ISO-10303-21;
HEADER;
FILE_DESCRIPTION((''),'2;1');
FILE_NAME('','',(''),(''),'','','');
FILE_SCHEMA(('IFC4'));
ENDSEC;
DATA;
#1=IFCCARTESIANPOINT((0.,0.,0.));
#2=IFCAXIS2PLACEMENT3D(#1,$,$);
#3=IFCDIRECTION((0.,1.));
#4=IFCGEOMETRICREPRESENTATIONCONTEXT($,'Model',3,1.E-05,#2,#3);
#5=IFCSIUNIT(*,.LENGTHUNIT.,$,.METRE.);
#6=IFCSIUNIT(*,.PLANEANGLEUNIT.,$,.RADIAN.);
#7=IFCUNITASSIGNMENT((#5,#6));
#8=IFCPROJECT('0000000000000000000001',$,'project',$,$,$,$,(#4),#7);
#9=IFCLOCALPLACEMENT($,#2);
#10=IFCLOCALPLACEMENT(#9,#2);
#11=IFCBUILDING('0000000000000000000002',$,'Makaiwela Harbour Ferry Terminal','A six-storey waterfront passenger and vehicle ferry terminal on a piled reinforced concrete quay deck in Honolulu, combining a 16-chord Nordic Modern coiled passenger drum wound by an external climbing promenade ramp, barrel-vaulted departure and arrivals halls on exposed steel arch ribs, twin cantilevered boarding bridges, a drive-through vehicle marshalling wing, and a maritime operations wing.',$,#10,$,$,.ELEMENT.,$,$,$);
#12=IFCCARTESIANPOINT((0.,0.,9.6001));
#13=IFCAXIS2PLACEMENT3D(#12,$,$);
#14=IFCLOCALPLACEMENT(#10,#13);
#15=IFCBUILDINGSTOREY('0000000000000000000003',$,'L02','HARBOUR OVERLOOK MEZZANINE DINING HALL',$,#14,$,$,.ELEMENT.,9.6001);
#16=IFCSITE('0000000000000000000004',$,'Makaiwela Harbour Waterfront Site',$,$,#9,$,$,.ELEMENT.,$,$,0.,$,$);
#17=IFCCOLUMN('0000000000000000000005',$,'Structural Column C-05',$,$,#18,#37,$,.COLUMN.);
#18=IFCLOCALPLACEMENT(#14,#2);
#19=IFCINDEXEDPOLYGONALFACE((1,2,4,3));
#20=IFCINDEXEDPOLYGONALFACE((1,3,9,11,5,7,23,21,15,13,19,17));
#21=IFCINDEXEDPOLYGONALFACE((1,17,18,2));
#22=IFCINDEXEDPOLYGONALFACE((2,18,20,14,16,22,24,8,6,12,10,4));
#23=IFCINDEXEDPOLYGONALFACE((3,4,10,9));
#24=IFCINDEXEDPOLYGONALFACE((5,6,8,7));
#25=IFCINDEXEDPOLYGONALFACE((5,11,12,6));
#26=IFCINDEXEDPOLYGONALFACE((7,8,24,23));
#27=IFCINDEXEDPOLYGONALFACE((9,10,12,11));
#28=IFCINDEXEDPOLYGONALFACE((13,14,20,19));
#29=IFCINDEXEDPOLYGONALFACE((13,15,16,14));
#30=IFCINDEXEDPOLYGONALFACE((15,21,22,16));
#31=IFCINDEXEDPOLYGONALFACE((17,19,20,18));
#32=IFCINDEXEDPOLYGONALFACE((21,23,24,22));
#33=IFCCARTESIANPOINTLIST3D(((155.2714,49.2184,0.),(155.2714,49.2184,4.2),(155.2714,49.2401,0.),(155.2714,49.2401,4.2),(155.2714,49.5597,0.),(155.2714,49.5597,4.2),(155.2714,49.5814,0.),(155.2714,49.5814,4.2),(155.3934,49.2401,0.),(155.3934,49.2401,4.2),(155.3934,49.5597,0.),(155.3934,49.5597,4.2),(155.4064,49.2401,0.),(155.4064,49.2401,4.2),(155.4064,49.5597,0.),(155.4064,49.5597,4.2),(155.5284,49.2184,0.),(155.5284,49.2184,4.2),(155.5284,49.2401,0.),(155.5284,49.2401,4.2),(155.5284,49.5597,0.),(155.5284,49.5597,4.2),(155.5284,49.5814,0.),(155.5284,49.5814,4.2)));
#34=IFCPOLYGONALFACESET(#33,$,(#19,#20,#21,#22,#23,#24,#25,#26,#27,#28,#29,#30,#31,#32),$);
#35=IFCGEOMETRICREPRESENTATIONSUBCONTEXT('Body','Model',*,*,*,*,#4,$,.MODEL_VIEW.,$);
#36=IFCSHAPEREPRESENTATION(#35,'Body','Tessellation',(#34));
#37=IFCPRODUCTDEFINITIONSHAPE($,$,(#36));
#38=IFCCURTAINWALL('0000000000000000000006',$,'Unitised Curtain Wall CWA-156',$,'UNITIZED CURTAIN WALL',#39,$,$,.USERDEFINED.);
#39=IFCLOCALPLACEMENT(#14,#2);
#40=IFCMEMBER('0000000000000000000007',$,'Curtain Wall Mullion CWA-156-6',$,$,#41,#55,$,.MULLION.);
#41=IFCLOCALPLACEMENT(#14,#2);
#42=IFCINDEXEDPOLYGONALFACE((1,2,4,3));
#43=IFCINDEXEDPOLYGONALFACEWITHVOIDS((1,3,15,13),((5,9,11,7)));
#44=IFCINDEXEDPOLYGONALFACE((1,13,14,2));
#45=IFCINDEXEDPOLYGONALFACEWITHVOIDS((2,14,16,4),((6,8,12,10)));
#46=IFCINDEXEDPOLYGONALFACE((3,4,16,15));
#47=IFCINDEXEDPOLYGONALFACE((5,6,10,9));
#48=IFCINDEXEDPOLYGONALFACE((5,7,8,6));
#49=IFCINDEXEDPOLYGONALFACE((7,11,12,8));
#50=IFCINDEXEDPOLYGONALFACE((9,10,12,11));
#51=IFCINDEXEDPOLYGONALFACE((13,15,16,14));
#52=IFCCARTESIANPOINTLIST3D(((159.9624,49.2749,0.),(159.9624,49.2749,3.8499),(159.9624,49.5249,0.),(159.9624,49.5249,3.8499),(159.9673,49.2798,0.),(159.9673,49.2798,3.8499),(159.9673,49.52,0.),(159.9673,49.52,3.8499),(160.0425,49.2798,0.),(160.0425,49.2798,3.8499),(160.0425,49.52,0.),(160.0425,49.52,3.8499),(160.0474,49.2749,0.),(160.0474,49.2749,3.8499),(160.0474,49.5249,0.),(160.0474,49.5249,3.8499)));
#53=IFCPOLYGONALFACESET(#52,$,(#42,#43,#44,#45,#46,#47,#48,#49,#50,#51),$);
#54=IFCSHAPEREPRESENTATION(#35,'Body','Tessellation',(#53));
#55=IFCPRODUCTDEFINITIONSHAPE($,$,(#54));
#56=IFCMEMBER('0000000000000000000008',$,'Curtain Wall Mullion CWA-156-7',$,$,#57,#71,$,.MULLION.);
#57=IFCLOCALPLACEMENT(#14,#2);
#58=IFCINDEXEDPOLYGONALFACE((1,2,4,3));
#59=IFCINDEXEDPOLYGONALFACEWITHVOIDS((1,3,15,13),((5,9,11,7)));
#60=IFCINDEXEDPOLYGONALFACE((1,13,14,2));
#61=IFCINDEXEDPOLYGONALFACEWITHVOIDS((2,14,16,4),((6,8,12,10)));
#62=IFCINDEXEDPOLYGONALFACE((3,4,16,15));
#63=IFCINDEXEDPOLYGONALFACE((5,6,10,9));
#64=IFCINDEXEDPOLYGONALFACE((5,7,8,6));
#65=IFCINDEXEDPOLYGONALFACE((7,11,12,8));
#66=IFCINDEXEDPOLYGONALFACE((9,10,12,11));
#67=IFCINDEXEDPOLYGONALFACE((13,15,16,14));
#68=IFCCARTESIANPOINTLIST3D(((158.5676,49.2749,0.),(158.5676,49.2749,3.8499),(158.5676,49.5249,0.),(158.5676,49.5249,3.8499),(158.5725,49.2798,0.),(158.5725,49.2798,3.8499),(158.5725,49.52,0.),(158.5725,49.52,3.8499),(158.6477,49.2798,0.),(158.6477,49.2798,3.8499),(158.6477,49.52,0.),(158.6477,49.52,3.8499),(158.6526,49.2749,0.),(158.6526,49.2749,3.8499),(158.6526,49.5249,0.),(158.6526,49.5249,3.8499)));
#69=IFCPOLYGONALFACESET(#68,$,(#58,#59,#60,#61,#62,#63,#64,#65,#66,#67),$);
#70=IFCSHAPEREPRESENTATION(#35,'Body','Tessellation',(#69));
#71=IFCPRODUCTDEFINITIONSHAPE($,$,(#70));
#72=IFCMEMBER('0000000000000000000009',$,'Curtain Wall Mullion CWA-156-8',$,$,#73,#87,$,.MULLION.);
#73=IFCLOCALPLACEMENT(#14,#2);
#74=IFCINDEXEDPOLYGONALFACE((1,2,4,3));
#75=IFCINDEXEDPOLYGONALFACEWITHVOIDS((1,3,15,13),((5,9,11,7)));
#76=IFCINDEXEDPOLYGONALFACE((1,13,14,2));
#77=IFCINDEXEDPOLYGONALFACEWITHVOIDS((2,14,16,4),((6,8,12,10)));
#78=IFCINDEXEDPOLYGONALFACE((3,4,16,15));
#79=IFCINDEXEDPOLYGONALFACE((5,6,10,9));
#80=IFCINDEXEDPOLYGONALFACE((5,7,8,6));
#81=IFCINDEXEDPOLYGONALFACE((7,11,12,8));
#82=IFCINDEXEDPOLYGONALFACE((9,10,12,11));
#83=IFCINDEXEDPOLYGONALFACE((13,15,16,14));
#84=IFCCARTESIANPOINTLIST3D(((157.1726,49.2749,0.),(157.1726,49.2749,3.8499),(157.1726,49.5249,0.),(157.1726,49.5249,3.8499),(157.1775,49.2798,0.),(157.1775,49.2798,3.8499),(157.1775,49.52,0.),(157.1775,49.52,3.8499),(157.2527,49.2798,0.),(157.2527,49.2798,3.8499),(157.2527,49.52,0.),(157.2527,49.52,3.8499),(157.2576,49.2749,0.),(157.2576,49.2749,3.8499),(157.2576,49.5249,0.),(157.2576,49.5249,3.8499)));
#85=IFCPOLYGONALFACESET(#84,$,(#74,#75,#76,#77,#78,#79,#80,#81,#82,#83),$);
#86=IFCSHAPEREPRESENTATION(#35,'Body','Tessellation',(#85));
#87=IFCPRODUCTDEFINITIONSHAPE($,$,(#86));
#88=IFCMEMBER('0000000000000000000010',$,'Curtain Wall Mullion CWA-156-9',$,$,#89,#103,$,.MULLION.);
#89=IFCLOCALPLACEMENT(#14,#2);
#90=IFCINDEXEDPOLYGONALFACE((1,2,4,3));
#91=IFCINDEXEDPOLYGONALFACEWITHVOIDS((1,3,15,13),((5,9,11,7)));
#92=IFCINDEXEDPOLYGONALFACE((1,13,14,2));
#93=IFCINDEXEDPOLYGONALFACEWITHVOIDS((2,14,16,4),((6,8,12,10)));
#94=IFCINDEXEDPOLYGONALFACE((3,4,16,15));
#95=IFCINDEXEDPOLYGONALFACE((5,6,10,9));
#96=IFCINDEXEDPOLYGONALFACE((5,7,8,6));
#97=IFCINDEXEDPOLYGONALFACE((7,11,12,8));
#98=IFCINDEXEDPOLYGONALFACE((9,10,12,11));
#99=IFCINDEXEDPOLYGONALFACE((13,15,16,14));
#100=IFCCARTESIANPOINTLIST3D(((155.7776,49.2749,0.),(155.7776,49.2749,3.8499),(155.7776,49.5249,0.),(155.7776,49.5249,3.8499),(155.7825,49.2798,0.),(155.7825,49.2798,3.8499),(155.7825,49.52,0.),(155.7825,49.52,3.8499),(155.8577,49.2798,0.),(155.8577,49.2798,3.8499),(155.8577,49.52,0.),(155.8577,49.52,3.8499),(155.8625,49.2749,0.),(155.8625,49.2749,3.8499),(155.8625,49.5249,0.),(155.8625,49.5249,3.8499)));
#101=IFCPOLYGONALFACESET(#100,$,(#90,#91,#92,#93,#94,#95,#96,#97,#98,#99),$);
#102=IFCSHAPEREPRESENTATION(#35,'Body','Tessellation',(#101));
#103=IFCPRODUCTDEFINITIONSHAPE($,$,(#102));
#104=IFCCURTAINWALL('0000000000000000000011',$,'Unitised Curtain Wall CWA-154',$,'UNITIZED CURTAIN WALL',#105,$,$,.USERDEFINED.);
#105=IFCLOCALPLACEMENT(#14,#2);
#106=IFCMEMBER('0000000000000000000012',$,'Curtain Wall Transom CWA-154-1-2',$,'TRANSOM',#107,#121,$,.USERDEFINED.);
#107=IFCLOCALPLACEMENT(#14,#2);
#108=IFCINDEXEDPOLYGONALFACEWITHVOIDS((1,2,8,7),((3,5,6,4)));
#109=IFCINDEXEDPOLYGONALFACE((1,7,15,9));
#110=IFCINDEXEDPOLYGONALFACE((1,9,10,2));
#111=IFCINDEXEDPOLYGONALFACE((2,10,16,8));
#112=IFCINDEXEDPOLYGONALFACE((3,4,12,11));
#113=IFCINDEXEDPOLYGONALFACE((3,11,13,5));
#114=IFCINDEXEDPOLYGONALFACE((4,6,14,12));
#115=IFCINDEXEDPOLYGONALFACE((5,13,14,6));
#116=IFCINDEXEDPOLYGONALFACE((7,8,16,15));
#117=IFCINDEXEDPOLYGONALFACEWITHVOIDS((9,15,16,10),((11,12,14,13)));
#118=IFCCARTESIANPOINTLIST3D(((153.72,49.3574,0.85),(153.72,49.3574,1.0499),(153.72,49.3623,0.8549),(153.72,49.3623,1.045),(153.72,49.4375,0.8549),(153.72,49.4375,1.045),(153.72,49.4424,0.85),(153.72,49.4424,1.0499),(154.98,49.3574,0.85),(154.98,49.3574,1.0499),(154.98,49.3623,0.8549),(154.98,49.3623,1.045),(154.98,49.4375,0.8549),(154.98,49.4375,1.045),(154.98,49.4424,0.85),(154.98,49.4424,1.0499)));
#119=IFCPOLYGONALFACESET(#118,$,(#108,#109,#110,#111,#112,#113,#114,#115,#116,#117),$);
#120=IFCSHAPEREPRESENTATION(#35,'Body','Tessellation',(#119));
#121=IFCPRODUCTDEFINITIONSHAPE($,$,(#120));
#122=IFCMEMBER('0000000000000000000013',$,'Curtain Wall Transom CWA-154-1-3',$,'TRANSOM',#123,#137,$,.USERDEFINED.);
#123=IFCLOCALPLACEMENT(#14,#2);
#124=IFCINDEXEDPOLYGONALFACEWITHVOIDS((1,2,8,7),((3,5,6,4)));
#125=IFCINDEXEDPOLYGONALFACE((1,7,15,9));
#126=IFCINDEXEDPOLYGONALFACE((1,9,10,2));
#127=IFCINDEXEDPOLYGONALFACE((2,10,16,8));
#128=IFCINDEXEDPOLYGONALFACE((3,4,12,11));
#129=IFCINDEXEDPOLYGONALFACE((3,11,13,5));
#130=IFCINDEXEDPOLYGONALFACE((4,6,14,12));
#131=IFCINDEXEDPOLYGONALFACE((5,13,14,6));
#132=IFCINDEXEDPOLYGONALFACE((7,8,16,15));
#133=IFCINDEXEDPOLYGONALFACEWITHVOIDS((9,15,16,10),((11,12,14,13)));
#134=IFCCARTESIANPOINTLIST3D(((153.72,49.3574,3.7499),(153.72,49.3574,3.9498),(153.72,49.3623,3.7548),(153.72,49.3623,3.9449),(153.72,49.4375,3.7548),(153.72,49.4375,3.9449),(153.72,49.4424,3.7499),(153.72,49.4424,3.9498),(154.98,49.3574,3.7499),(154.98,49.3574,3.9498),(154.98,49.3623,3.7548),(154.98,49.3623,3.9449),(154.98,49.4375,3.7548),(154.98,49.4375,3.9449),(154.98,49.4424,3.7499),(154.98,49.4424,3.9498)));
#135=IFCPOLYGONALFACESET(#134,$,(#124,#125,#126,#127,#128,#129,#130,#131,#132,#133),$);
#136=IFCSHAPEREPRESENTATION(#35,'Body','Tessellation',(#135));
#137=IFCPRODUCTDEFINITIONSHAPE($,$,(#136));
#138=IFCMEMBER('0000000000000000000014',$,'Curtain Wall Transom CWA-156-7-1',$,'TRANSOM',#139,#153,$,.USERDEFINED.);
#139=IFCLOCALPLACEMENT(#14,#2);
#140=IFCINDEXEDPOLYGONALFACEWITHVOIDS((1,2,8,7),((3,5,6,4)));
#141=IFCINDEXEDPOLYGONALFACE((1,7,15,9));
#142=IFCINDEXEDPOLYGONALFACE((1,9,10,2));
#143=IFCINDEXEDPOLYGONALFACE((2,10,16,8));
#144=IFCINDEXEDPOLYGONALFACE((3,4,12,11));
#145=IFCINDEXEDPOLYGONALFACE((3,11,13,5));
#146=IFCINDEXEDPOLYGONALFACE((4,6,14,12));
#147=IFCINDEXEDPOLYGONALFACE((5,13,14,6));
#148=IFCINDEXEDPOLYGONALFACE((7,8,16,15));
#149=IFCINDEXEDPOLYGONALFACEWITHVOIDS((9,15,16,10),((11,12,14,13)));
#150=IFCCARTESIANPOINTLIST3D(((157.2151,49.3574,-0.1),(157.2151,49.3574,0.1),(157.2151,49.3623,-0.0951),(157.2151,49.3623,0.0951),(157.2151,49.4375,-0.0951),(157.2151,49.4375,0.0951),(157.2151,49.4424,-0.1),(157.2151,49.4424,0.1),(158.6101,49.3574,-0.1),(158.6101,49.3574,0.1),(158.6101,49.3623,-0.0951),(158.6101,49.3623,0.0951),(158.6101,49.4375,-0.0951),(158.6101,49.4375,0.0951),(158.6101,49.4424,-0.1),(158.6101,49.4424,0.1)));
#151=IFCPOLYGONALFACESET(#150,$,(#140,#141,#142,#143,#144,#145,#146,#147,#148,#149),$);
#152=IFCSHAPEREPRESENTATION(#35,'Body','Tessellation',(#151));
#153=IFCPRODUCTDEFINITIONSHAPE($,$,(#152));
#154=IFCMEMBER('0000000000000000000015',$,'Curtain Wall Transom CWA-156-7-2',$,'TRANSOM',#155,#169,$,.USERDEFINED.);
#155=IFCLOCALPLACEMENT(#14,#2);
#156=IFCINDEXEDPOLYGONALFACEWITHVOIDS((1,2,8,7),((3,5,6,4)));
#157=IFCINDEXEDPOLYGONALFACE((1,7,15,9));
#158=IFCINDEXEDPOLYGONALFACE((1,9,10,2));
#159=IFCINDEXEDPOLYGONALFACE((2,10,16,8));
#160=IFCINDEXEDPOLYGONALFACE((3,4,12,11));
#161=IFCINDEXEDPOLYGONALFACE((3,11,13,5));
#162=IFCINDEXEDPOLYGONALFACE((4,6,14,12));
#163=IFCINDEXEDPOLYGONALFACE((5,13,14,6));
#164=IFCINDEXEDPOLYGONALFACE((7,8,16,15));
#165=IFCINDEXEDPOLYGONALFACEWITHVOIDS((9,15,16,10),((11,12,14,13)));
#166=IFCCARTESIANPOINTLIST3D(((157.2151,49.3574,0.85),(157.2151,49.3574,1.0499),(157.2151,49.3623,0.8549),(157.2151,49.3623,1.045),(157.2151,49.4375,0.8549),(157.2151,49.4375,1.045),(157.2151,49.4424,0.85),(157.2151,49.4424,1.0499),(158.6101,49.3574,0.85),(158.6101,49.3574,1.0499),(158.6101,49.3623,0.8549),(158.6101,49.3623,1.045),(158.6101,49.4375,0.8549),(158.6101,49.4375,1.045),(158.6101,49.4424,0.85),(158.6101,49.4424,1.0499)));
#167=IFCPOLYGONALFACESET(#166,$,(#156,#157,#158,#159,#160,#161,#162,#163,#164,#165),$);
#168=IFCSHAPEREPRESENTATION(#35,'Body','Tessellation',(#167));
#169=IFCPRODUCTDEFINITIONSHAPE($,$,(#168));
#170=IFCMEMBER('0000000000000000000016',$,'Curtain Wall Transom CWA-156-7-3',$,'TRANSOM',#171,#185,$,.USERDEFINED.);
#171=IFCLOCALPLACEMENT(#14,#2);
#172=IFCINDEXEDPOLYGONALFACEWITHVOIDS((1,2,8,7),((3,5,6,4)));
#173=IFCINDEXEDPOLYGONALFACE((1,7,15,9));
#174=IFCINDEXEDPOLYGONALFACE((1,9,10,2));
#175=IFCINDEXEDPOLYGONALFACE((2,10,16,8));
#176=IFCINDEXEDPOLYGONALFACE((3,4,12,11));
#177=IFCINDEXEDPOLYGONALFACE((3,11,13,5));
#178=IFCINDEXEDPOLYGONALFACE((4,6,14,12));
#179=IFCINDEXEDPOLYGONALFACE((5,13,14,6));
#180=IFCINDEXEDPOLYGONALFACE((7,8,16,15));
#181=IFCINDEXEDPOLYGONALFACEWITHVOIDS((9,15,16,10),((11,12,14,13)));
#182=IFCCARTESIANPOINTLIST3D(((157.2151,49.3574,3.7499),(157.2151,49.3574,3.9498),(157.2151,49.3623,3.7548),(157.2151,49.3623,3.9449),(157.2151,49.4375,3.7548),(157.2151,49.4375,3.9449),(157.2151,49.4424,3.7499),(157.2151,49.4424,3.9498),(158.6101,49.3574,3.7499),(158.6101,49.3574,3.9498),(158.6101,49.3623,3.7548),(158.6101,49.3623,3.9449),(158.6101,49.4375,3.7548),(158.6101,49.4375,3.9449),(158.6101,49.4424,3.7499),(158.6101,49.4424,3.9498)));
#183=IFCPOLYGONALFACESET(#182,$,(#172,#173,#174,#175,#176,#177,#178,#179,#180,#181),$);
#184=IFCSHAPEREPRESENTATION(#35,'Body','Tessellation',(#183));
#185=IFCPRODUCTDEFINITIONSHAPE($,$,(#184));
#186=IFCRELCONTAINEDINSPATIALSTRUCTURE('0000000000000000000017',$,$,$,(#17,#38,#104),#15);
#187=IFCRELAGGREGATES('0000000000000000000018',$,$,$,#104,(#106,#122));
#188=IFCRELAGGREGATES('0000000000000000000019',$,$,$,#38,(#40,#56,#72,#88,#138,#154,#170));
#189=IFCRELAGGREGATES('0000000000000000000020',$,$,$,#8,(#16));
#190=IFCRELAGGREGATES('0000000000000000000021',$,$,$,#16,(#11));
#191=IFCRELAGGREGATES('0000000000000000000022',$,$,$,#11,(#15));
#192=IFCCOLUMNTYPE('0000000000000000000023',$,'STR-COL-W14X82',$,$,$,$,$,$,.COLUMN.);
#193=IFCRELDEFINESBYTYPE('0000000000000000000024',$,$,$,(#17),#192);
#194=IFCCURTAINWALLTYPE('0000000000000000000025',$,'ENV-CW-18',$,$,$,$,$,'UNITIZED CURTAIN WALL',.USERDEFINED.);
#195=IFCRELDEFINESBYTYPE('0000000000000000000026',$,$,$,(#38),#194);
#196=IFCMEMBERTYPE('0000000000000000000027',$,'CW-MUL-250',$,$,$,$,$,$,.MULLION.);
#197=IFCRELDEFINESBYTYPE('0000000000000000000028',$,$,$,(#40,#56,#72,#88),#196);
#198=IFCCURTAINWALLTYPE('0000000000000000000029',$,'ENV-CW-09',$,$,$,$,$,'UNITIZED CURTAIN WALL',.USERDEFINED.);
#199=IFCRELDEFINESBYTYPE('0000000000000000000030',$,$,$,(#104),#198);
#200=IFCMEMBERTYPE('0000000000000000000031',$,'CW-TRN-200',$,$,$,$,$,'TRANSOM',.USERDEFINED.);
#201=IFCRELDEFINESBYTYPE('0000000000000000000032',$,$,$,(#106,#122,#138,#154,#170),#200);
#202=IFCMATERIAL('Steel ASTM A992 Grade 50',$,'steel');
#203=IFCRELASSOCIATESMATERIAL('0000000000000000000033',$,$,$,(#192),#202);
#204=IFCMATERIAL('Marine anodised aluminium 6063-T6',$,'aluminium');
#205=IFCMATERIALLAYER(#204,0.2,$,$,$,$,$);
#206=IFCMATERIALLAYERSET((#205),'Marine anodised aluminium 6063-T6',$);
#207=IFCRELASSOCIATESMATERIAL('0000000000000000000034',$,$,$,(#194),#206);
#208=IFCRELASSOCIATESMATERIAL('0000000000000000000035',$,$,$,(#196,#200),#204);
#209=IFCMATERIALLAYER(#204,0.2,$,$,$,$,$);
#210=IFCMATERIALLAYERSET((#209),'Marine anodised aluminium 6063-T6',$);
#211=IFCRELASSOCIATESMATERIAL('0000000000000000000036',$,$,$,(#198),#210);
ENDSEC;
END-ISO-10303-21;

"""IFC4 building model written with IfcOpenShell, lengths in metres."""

from ifc_helpers import new_model, si_unit, direction, frame, origin, origin_2d, place, context, subcontext, project, spatial, hollow_rectangle, i_section, extrude, material, layer, layer_set, material_profile, profile_set, type_object, element, aggregate, save


model = new_model("IFC4")

# Units and contexts
model_context = context("Model", 3, precision=1e-05, world=origin(), true_north=direction((0.0, 1.0)))
body_context = subcontext(model_context, "Body", "Model", "MODEL_VIEW")
ifc_project = project(units=[si_unit("LENGTHUNIT", "METRE"), si_unit("PLANEANGLEUNIT", "RADIAN")], contexts=[model_context])

# Site, building, storey
site_placement = place(None, origin())
site = spatial("IfcSite", under=ifc_project, at=site_placement, Name="Makaiwela Harbour Waterfront Site", CompositionType="ELEMENT", RefElevation=0.0)
building_placement = place(site_placement, origin())
building = spatial("IfcBuilding", under=site, at=building_placement, Name="Makaiwela Harbour Ferry Terminal", Description="A six-storey waterfront passenger and vehicle ferry terminal on a piled reinforced concrete quay deck in Honolulu, combining a 16-chord Nordic Modern coiled passenger drum wound by an external climbing promenade ramp, barrel-vaulted departure and arrivals halls on exposed steel arch ribs, twin cantilevered boarding bridges, a drive-through vehicle marshalling wing, and a maritime operations wing.", CompositionType="ELEMENT")
storey_placement = place(building_placement, frame((0.0, 0.0, 9.6001)))
storey = spatial("IfcBuildingStorey", under=building, at=storey_placement, Name="L02", Description="HARBOUR OVERLOOK MEZZANINE DINING HALL", CompositionType="ELEMENT", Elevation=9.6001)

# Column
ifc_material_1 = material(Name="Steel ASTM A992 Grade 50", Category="steel")
ifc_material_profile_1 = material_profile(ifc_material_1, i_section(OverallWidth=0.2571, OverallDepth=0.363, WebThickness=0.0129, FlangeThickness=0.0217, at=origin_2d()), Name="W14X82")
ifc_profile_set_1 = profile_set([ifc_material_profile_1], Name="Steel ASTM A992 Grade 50")
column_type = type_object("IfcColumnType", Name="STR-COL-W14X82", PredefinedType="COLUMN", material=ifc_profile_set_1)
column_placement = place(storey_placement, frame((155.3999, 49.3999, 0.0), z_axis=(0.0, 0.0, 1.0), x_axis=(1.0, 0.0, 0.0)))
element("IfcColumn", 1, at=column_placement, inside=storey, type_object=column_type, Name="Structural Column C-05", PredefinedType="COLUMN", context=body_context, shape_type="SweptSolid", body=[
    extrude(i_section(OverallWidth=0.2571, OverallDepth=0.363, WebThickness=0.0129, FlangeThickness=0.0217, at=origin_2d()), origin(), (0.0, 0.0, 1.0), 4.2),
])

# Curtain walls, members
ifc_material_2 = material(Name="Marine anodised aluminium 6063-T6", Category="aluminium")
ifc_layer_1 = layer(ifc_material_2, 0.2)
ifc_layer_set_1 = layer_set([ifc_layer_1], Name="Marine anodised aluminium 6063-T6")
curtain_wall_type_1 = type_object("IfcCurtainWallType", Name="ENV-CW-18", ElementType="UNITIZED CURTAIN WALL", PredefinedType="USERDEFINED", material=ifc_layer_set_1)
curtain_wall_1_placement = place(storey_placement, origin())
curtain_wall_1 = element("IfcCurtainWall", 2, at=curtain_wall_1_placement, inside=storey, type_object=curtain_wall_type_1, Name="Unitised Curtain Wall CWA-156", ObjectType="UNITIZED CURTAIN WALL", PredefinedType="USERDEFINED")
ifc_material_profile_2 = material_profile(ifc_material_2, hollow_rectangle(XDim=0.085, YDim=0.25, WallThickness=0.0049, at=origin_2d()), Name="CWM-250X85")
ifc_profile_set_2 = profile_set([ifc_material_profile_2], Name="Marine anodised aluminium 6063-T6")
member_type_1 = type_object("IfcMemberType", Name="CW-MUL-250", PredefinedType="MULLION", material=ifc_profile_set_2)
member_1_placement = place(storey_placement, frame((160.0049, 49.3999, 0.0), z_axis=(0.0, 0.0, 1.0), x_axis=(1.0, 0.0, 0.0)))
member_1 = element("IfcMember", 3, at=member_1_placement, type_object=member_type_1, Name="Curtain Wall Mullion CWA-156-6", PredefinedType="MULLION", context=body_context, shape_type="SweptSolid", body=[
    extrude(hollow_rectangle(XDim=0.085, YDim=0.25, WallThickness=0.0049, at=origin_2d()), origin(), (0.0, 0.0, 1.0), 3.8499),
])
member_2_placement = place(storey_placement, frame((158.6101, 49.3999, 0.0), z_axis=(0.0, 0.0, 1.0), x_axis=(1.0, 0.0, 0.0)))
member_2 = element("IfcMember", 4, at=member_2_placement, type_object=member_type_1, Name="Curtain Wall Mullion CWA-156-7", PredefinedType="MULLION", context=body_context, shape_type="SweptSolid", body=[
    extrude(hollow_rectangle(XDim=0.085, YDim=0.25, WallThickness=0.0049, at=origin_2d()), origin(), (0.0, 0.0, 1.0), 3.8499),
])
member_3_placement = place(storey_placement, frame((157.2151, 49.3999, 0.0), z_axis=(0.0, 0.0, 1.0), x_axis=(1.0, 0.0, 0.0)))
member_3 = element("IfcMember", 5, at=member_3_placement, type_object=member_type_1, Name="Curtain Wall Mullion CWA-156-8", PredefinedType="MULLION", context=body_context, shape_type="SweptSolid", body=[
    extrude(hollow_rectangle(XDim=0.085, YDim=0.25, WallThickness=0.0049, at=origin_2d()), origin(), (0.0, 0.0, 1.0), 3.8499),
])
member_4_placement = place(storey_placement, frame((155.8201, 49.3999, 0.0), z_axis=(0.0, 0.0, 1.0), x_axis=(1.0, 0.0, 0.0)))
member_4 = element("IfcMember", 6, at=member_4_placement, type_object=member_type_1, Name="Curtain Wall Mullion CWA-156-9", PredefinedType="MULLION", context=body_context, shape_type="SweptSolid", body=[
    extrude(hollow_rectangle(XDim=0.085, YDim=0.25, WallThickness=0.0049, at=origin_2d()), origin(), (0.0, 0.0, 1.0), 3.8499),
])
ifc_layer_2 = layer(ifc_material_2, 0.2)
ifc_layer_set_2 = layer_set([ifc_layer_2], Name="Marine anodised aluminium 6063-T6")
curtain_wall_type_2 = type_object("IfcCurtainWallType", Name="ENV-CW-09", ElementType="UNITIZED CURTAIN WALL", PredefinedType="USERDEFINED", material=ifc_layer_set_2)
curtain_wall_2_placement = place(storey_placement, origin())
curtain_wall_2 = element("IfcCurtainWall", 7, at=curtain_wall_2_placement, inside=storey, type_object=curtain_wall_type_2, Name="Unitised Curtain Wall CWA-154", ObjectType="UNITIZED CURTAIN WALL", PredefinedType="USERDEFINED")
ifc_material_profile_3 = material_profile(ifc_material_2, hollow_rectangle(XDim=0.085, YDim=0.2, WallThickness=0.0049, at=origin_2d()), Name="CWT-200X85")
ifc_profile_set_3 = profile_set([ifc_material_profile_3], Name="Marine anodised aluminium 6063-T6")
member_type_2 = type_object("IfcMemberType", Name="CW-TRN-200", ElementType="TRANSOM", PredefinedType="USERDEFINED", material=ifc_profile_set_3)
member_5_placement = place(storey_placement, frame((154.98, 49.3999, 0.95), z_axis=(-1.0, 0.0, 0.0), x_axis=(0.0, -1.0, 0.0)))
member_5 = element("IfcMember", 8, at=member_5_placement, type_object=member_type_2, Name="Curtain Wall Transom CWA-154-1-2", ObjectType="TRANSOM", PredefinedType="USERDEFINED", context=body_context, shape_type="SweptSolid", body=[
    extrude(hollow_rectangle(XDim=0.085, YDim=0.2, WallThickness=0.0049, at=origin_2d()), origin(), (0.0, 0.0, 1.0), 1.26),
])
member_6_placement = place(storey_placement, frame((154.98, 49.3999, 3.8499), z_axis=(-1.0, 0.0, 0.0), x_axis=(0.0, -1.0, 0.0)))
member_6 = element("IfcMember", 9, at=member_6_placement, type_object=member_type_2, Name="Curtain Wall Transom CWA-154-1-3", ObjectType="TRANSOM", PredefinedType="USERDEFINED", context=body_context, shape_type="SweptSolid", body=[
    extrude(hollow_rectangle(XDim=0.085, YDim=0.2, WallThickness=0.0049, at=origin_2d()), origin(), (0.0, 0.0, 1.0), 1.26),
])
aggregate(curtain_wall_2, [member_5, member_6])

# Members
member_7_placement = place(storey_placement, frame((158.6101, 49.3999, 0.0), z_axis=(-1.0, 0.0, 0.0), x_axis=(0.0, -1.0, 0.0)))
member_7 = element("IfcMember", 10, at=member_7_placement, type_object=member_type_2, Name="Curtain Wall Transom CWA-156-7-1", ObjectType="TRANSOM", PredefinedType="USERDEFINED", context=body_context, shape_type="SweptSolid", body=[
    extrude(hollow_rectangle(XDim=0.085, YDim=0.2, WallThickness=0.0049, at=origin_2d()), origin(), (0.0, 0.0, 1.0), 1.395),
])
member_8_placement = place(storey_placement, frame((158.6101, 49.3999, 0.95), z_axis=(-1.0, 0.0, 0.0), x_axis=(0.0, -1.0, 0.0)))
member_8 = element("IfcMember", 11, at=member_8_placement, type_object=member_type_2, Name="Curtain Wall Transom CWA-156-7-2", ObjectType="TRANSOM", PredefinedType="USERDEFINED", context=body_context, shape_type="SweptSolid", body=[
    extrude(hollow_rectangle(XDim=0.085, YDim=0.2, WallThickness=0.0049, at=origin_2d()), origin(), (0.0, 0.0, 1.0), 1.395),
])
member_9_placement = place(storey_placement, frame((158.6101, 49.3999, 3.8499), z_axis=(-1.0, 0.0, 0.0), x_axis=(0.0, -1.0, 0.0)))
member_9 = element("IfcMember", 12, at=member_9_placement, type_object=member_type_2, Name="Curtain Wall Transom CWA-156-7-3", ObjectType="TRANSOM", PredefinedType="USERDEFINED", context=body_context, shape_type="SweptSolid", body=[
    extrude(hollow_rectangle(XDim=0.085, YDim=0.2, WallThickness=0.0049, at=origin_2d()), origin(), (0.0, 0.0, 1.0), 1.395),
])

aggregate(curtain_wall_1, [member_1, member_2, member_3, member_4, member_7, member_8, member_9])

save(model, "model.ifc")
